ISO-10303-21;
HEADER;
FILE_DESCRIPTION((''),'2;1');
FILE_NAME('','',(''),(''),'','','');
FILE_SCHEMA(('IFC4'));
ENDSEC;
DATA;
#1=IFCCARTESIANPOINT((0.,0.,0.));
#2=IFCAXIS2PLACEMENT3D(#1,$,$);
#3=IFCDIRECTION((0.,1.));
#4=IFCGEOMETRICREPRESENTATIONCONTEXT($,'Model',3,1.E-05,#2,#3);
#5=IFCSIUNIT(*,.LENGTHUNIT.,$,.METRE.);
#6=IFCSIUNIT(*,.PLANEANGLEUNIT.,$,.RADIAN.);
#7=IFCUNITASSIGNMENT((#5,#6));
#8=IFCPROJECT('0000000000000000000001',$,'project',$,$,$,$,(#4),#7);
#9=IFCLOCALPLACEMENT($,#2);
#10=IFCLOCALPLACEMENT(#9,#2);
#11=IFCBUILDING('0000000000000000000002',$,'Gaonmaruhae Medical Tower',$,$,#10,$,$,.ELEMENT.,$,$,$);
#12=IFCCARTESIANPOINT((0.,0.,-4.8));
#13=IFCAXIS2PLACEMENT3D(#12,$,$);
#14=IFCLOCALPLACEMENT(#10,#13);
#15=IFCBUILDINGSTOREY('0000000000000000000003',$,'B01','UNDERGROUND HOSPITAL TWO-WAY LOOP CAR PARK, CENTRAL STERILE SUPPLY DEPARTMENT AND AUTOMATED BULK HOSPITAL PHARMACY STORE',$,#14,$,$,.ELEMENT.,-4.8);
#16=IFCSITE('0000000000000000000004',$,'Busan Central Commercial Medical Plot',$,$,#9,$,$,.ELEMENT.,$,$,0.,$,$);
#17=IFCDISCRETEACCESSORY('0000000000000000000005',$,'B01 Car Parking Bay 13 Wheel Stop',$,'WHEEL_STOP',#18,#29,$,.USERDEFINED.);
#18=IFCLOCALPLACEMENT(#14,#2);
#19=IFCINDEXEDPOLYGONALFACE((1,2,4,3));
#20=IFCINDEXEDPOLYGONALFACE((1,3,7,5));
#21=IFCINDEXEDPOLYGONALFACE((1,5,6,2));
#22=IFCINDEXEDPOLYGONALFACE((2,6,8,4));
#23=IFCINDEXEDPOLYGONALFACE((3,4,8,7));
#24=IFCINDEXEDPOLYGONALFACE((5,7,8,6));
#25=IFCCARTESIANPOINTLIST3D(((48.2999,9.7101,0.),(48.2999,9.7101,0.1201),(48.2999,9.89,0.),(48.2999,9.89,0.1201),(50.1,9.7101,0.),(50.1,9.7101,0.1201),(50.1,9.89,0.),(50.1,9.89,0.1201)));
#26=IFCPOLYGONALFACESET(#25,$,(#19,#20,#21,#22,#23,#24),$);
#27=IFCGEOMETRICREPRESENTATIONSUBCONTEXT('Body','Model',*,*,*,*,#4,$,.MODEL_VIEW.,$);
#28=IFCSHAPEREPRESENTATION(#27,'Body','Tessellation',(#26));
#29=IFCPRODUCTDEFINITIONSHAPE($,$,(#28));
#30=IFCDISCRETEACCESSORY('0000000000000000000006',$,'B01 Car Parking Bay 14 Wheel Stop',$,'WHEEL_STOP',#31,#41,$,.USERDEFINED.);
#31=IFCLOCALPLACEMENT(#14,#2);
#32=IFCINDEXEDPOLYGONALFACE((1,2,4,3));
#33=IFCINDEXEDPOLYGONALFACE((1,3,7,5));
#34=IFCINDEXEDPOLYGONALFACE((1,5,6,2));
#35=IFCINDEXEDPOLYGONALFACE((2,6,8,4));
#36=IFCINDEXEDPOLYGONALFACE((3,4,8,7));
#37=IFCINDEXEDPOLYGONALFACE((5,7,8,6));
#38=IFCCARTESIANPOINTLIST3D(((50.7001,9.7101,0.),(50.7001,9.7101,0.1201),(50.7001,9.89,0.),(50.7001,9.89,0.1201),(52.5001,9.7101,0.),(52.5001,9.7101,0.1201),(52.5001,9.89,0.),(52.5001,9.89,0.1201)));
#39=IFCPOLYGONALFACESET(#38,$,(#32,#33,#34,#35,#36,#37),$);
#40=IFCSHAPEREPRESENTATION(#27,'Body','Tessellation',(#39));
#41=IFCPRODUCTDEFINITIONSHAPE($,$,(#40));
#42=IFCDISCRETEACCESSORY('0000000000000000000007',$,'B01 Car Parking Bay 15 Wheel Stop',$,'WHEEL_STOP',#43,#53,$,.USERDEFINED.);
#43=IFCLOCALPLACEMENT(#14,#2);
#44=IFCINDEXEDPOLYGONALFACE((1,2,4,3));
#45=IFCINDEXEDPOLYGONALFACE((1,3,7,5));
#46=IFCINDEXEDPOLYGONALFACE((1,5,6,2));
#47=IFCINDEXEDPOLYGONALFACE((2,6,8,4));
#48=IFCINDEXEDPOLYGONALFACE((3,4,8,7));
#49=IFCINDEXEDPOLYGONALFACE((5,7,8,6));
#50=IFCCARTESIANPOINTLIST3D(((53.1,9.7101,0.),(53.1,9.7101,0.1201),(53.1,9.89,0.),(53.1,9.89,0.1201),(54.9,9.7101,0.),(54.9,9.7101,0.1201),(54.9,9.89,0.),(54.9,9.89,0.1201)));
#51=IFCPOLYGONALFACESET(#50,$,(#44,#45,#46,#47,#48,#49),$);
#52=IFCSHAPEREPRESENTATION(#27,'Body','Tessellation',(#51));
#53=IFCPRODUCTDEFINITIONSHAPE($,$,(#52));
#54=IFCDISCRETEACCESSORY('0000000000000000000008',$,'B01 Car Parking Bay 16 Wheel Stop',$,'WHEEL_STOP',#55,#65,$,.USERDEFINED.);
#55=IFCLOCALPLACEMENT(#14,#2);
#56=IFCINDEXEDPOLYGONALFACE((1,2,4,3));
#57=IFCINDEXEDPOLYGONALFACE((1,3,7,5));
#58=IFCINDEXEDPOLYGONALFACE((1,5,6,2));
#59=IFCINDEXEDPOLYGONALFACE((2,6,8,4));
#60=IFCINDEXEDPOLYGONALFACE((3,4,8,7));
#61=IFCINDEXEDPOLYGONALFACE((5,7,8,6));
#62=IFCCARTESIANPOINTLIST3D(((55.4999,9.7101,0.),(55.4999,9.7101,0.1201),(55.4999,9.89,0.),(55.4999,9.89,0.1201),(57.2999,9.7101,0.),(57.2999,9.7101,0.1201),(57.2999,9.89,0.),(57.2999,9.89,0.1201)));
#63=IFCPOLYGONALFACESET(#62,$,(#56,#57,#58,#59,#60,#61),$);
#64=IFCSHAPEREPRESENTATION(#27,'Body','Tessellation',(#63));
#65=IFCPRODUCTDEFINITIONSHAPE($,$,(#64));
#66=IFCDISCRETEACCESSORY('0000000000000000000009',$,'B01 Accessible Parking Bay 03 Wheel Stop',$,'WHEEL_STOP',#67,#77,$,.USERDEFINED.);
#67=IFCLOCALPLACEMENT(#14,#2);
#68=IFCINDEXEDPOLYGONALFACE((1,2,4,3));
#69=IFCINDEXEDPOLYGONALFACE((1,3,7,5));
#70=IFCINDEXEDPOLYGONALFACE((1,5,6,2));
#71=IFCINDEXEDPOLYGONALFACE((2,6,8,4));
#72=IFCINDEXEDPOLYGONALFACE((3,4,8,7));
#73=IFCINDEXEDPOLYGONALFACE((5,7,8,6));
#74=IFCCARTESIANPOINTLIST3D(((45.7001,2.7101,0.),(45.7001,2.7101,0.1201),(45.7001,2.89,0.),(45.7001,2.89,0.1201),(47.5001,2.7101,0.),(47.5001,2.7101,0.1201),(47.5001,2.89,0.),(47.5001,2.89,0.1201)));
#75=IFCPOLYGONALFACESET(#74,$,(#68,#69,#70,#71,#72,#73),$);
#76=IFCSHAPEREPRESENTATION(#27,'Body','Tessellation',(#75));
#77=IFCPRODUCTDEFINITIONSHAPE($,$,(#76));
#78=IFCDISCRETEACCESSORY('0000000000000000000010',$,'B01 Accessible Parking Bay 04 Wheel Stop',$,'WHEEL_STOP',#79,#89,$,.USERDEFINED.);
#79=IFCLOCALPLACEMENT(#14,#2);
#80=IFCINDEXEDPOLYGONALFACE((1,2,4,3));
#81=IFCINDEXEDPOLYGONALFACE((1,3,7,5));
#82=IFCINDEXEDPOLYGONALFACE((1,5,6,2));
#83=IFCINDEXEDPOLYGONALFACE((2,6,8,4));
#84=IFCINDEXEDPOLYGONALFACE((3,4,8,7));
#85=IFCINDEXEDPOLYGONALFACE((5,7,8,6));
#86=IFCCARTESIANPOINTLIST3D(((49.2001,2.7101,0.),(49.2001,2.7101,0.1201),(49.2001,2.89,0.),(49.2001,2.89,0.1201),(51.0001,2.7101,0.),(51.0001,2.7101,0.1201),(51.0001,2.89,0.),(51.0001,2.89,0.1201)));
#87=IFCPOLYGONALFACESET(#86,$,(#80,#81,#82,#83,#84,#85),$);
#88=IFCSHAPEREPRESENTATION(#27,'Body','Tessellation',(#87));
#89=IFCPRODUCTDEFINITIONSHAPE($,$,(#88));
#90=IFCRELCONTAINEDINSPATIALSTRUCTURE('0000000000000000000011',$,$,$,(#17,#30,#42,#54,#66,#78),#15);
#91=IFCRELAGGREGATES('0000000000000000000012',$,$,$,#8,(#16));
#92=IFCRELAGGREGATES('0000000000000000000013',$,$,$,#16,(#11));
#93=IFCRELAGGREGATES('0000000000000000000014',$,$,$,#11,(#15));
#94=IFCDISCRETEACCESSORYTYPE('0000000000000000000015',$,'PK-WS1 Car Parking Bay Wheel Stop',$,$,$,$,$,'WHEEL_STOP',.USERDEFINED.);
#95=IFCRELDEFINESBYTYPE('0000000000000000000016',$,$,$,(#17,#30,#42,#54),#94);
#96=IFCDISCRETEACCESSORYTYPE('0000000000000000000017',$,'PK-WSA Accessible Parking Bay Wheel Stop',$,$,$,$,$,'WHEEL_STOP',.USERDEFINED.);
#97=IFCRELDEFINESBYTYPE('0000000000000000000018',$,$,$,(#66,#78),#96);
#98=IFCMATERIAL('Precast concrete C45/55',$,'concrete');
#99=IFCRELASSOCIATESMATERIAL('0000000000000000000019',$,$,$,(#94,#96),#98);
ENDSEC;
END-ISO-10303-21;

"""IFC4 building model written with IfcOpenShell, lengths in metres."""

from ifc_helpers import new_model, si_unit, direction, frame, origin, origin_2d, place, context, subcontext, project, spatial, rectangle, extrude, material, type_object, element, save


model = new_model("IFC4")

# Units and contexts
model_context = context("Model", 3, precision=1e-05, world=origin(), true_north=direction((0.0, 1.0)))
body_context = subcontext(model_context, "Body", "Model", "MODEL_VIEW")
ifc_project = project(units=[si_unit("LENGTHUNIT", "METRE"), si_unit("PLANEANGLEUNIT", "RADIAN")], contexts=[model_context])

# Site, building, storey
site_placement = place(None, origin())
site = spatial("IfcSite", under=ifc_project, at=site_placement, Name="Busan Central Commercial Medical Plot", CompositionType="ELEMENT", RefElevation=0.0)
building_placement = place(site_placement, origin())
building = spatial("IfcBuilding", under=site, at=building_placement, Name="Gaonmaruhae Medical Tower", CompositionType="ELEMENT")
storey_placement = place(building_placement, frame((0.0, 0.0, -4.8)))
storey = spatial("IfcBuildingStorey", under=building, at=storey_placement, Name="B01", Description="UNDERGROUND HOSPITAL TWO-WAY LOOP CAR PARK, CENTRAL STERILE SUPPLY DEPARTMENT AND AUTOMATED BULK HOSPITAL PHARMACY STORE", CompositionType="ELEMENT", Elevation=-4.8)

# Discrete accessories
ifc_material_1 = material(Name="Precast concrete C45/55", Category="concrete")
discrete_accessory_type_1 = type_object("IfcDiscreteAccessoryType", Name="PK-WS1 Car Parking Bay Wheel Stop", ElementType="WHEEL_STOP", PredefinedType="USERDEFINED", material=ifc_material_1)
for number, where, z_axis, x_axis, name in (
    (1, (49.2, 9.8, 0.0), (0.0, 0.0, 1.0), (1.0, 0.0, 0.0), "B01 Car Parking Bay 13 Wheel Stop"),
    (2, (51.6001, 9.8, 0.0), (0.0, 0.0, 1.0), (1.0, 0.0, 0.0), "B01 Car Parking Bay 14 Wheel Stop"),
    (3, (54.0, 9.8, 0.0), (0.0, 0.0, 1.0), (1.0, 0.0, 0.0), "B01 Car Parking Bay 15 Wheel Stop"),
    (4, (56.3999, 9.8, 0.0), (0.0, 0.0, 1.0), (1.0, 0.0, 0.0), "B01 Car Parking Bay 16 Wheel Stop"),
):
    element("IfcDiscreteAccessory", number, at=place(storey_placement, frame(where, z_axis=z_axis, x_axis=x_axis)), inside=storey, type_object=discrete_accessory_type_1, Name=name, ObjectType="WHEEL_STOP", PredefinedType="USERDEFINED", context=body_context, shape_type="SweptSolid", body=[
        extrude(rectangle(XDim=1.8, YDim=0.1799, at=origin_2d()), origin(), (0.0, 0.0, 1.0), 0.1201),
    ])
discrete_accessory_type_2 = type_object("IfcDiscreteAccessoryType", Name="PK-WSA Accessible Parking Bay Wheel Stop", ElementType="WHEEL_STOP", PredefinedType="USERDEFINED", material=ifc_material_1)
for number, where, z_axis, x_axis, name in (
    (5, (46.6001, 2.8, 0.0), (0.0, 0.0, 1.0), (1.0, 0.0, 0.0), "B01 Accessible Parking Bay 03 Wheel Stop"),
    (6, (50.1001, 2.8, 0.0), (0.0, 0.0, 1.0), (1.0, 0.0, 0.0), "B01 Accessible Parking Bay 04 Wheel Stop"),
):
    element("IfcDiscreteAccessory", number, at=place(storey_placement, frame(where, z_axis=z_axis, x_axis=x_axis)), inside=storey, type_object=discrete_accessory_type_2, Name=name, ObjectType="WHEEL_STOP", PredefinedType="USERDEFINED", context=body_context, shape_type="SweptSolid", body=[
        extrude(rectangle(XDim=1.8, YDim=0.1799, at=origin_2d()), origin(), (0.0, 0.0, 1.0), 0.1201),
    ])

save(model, "model.ifc")
